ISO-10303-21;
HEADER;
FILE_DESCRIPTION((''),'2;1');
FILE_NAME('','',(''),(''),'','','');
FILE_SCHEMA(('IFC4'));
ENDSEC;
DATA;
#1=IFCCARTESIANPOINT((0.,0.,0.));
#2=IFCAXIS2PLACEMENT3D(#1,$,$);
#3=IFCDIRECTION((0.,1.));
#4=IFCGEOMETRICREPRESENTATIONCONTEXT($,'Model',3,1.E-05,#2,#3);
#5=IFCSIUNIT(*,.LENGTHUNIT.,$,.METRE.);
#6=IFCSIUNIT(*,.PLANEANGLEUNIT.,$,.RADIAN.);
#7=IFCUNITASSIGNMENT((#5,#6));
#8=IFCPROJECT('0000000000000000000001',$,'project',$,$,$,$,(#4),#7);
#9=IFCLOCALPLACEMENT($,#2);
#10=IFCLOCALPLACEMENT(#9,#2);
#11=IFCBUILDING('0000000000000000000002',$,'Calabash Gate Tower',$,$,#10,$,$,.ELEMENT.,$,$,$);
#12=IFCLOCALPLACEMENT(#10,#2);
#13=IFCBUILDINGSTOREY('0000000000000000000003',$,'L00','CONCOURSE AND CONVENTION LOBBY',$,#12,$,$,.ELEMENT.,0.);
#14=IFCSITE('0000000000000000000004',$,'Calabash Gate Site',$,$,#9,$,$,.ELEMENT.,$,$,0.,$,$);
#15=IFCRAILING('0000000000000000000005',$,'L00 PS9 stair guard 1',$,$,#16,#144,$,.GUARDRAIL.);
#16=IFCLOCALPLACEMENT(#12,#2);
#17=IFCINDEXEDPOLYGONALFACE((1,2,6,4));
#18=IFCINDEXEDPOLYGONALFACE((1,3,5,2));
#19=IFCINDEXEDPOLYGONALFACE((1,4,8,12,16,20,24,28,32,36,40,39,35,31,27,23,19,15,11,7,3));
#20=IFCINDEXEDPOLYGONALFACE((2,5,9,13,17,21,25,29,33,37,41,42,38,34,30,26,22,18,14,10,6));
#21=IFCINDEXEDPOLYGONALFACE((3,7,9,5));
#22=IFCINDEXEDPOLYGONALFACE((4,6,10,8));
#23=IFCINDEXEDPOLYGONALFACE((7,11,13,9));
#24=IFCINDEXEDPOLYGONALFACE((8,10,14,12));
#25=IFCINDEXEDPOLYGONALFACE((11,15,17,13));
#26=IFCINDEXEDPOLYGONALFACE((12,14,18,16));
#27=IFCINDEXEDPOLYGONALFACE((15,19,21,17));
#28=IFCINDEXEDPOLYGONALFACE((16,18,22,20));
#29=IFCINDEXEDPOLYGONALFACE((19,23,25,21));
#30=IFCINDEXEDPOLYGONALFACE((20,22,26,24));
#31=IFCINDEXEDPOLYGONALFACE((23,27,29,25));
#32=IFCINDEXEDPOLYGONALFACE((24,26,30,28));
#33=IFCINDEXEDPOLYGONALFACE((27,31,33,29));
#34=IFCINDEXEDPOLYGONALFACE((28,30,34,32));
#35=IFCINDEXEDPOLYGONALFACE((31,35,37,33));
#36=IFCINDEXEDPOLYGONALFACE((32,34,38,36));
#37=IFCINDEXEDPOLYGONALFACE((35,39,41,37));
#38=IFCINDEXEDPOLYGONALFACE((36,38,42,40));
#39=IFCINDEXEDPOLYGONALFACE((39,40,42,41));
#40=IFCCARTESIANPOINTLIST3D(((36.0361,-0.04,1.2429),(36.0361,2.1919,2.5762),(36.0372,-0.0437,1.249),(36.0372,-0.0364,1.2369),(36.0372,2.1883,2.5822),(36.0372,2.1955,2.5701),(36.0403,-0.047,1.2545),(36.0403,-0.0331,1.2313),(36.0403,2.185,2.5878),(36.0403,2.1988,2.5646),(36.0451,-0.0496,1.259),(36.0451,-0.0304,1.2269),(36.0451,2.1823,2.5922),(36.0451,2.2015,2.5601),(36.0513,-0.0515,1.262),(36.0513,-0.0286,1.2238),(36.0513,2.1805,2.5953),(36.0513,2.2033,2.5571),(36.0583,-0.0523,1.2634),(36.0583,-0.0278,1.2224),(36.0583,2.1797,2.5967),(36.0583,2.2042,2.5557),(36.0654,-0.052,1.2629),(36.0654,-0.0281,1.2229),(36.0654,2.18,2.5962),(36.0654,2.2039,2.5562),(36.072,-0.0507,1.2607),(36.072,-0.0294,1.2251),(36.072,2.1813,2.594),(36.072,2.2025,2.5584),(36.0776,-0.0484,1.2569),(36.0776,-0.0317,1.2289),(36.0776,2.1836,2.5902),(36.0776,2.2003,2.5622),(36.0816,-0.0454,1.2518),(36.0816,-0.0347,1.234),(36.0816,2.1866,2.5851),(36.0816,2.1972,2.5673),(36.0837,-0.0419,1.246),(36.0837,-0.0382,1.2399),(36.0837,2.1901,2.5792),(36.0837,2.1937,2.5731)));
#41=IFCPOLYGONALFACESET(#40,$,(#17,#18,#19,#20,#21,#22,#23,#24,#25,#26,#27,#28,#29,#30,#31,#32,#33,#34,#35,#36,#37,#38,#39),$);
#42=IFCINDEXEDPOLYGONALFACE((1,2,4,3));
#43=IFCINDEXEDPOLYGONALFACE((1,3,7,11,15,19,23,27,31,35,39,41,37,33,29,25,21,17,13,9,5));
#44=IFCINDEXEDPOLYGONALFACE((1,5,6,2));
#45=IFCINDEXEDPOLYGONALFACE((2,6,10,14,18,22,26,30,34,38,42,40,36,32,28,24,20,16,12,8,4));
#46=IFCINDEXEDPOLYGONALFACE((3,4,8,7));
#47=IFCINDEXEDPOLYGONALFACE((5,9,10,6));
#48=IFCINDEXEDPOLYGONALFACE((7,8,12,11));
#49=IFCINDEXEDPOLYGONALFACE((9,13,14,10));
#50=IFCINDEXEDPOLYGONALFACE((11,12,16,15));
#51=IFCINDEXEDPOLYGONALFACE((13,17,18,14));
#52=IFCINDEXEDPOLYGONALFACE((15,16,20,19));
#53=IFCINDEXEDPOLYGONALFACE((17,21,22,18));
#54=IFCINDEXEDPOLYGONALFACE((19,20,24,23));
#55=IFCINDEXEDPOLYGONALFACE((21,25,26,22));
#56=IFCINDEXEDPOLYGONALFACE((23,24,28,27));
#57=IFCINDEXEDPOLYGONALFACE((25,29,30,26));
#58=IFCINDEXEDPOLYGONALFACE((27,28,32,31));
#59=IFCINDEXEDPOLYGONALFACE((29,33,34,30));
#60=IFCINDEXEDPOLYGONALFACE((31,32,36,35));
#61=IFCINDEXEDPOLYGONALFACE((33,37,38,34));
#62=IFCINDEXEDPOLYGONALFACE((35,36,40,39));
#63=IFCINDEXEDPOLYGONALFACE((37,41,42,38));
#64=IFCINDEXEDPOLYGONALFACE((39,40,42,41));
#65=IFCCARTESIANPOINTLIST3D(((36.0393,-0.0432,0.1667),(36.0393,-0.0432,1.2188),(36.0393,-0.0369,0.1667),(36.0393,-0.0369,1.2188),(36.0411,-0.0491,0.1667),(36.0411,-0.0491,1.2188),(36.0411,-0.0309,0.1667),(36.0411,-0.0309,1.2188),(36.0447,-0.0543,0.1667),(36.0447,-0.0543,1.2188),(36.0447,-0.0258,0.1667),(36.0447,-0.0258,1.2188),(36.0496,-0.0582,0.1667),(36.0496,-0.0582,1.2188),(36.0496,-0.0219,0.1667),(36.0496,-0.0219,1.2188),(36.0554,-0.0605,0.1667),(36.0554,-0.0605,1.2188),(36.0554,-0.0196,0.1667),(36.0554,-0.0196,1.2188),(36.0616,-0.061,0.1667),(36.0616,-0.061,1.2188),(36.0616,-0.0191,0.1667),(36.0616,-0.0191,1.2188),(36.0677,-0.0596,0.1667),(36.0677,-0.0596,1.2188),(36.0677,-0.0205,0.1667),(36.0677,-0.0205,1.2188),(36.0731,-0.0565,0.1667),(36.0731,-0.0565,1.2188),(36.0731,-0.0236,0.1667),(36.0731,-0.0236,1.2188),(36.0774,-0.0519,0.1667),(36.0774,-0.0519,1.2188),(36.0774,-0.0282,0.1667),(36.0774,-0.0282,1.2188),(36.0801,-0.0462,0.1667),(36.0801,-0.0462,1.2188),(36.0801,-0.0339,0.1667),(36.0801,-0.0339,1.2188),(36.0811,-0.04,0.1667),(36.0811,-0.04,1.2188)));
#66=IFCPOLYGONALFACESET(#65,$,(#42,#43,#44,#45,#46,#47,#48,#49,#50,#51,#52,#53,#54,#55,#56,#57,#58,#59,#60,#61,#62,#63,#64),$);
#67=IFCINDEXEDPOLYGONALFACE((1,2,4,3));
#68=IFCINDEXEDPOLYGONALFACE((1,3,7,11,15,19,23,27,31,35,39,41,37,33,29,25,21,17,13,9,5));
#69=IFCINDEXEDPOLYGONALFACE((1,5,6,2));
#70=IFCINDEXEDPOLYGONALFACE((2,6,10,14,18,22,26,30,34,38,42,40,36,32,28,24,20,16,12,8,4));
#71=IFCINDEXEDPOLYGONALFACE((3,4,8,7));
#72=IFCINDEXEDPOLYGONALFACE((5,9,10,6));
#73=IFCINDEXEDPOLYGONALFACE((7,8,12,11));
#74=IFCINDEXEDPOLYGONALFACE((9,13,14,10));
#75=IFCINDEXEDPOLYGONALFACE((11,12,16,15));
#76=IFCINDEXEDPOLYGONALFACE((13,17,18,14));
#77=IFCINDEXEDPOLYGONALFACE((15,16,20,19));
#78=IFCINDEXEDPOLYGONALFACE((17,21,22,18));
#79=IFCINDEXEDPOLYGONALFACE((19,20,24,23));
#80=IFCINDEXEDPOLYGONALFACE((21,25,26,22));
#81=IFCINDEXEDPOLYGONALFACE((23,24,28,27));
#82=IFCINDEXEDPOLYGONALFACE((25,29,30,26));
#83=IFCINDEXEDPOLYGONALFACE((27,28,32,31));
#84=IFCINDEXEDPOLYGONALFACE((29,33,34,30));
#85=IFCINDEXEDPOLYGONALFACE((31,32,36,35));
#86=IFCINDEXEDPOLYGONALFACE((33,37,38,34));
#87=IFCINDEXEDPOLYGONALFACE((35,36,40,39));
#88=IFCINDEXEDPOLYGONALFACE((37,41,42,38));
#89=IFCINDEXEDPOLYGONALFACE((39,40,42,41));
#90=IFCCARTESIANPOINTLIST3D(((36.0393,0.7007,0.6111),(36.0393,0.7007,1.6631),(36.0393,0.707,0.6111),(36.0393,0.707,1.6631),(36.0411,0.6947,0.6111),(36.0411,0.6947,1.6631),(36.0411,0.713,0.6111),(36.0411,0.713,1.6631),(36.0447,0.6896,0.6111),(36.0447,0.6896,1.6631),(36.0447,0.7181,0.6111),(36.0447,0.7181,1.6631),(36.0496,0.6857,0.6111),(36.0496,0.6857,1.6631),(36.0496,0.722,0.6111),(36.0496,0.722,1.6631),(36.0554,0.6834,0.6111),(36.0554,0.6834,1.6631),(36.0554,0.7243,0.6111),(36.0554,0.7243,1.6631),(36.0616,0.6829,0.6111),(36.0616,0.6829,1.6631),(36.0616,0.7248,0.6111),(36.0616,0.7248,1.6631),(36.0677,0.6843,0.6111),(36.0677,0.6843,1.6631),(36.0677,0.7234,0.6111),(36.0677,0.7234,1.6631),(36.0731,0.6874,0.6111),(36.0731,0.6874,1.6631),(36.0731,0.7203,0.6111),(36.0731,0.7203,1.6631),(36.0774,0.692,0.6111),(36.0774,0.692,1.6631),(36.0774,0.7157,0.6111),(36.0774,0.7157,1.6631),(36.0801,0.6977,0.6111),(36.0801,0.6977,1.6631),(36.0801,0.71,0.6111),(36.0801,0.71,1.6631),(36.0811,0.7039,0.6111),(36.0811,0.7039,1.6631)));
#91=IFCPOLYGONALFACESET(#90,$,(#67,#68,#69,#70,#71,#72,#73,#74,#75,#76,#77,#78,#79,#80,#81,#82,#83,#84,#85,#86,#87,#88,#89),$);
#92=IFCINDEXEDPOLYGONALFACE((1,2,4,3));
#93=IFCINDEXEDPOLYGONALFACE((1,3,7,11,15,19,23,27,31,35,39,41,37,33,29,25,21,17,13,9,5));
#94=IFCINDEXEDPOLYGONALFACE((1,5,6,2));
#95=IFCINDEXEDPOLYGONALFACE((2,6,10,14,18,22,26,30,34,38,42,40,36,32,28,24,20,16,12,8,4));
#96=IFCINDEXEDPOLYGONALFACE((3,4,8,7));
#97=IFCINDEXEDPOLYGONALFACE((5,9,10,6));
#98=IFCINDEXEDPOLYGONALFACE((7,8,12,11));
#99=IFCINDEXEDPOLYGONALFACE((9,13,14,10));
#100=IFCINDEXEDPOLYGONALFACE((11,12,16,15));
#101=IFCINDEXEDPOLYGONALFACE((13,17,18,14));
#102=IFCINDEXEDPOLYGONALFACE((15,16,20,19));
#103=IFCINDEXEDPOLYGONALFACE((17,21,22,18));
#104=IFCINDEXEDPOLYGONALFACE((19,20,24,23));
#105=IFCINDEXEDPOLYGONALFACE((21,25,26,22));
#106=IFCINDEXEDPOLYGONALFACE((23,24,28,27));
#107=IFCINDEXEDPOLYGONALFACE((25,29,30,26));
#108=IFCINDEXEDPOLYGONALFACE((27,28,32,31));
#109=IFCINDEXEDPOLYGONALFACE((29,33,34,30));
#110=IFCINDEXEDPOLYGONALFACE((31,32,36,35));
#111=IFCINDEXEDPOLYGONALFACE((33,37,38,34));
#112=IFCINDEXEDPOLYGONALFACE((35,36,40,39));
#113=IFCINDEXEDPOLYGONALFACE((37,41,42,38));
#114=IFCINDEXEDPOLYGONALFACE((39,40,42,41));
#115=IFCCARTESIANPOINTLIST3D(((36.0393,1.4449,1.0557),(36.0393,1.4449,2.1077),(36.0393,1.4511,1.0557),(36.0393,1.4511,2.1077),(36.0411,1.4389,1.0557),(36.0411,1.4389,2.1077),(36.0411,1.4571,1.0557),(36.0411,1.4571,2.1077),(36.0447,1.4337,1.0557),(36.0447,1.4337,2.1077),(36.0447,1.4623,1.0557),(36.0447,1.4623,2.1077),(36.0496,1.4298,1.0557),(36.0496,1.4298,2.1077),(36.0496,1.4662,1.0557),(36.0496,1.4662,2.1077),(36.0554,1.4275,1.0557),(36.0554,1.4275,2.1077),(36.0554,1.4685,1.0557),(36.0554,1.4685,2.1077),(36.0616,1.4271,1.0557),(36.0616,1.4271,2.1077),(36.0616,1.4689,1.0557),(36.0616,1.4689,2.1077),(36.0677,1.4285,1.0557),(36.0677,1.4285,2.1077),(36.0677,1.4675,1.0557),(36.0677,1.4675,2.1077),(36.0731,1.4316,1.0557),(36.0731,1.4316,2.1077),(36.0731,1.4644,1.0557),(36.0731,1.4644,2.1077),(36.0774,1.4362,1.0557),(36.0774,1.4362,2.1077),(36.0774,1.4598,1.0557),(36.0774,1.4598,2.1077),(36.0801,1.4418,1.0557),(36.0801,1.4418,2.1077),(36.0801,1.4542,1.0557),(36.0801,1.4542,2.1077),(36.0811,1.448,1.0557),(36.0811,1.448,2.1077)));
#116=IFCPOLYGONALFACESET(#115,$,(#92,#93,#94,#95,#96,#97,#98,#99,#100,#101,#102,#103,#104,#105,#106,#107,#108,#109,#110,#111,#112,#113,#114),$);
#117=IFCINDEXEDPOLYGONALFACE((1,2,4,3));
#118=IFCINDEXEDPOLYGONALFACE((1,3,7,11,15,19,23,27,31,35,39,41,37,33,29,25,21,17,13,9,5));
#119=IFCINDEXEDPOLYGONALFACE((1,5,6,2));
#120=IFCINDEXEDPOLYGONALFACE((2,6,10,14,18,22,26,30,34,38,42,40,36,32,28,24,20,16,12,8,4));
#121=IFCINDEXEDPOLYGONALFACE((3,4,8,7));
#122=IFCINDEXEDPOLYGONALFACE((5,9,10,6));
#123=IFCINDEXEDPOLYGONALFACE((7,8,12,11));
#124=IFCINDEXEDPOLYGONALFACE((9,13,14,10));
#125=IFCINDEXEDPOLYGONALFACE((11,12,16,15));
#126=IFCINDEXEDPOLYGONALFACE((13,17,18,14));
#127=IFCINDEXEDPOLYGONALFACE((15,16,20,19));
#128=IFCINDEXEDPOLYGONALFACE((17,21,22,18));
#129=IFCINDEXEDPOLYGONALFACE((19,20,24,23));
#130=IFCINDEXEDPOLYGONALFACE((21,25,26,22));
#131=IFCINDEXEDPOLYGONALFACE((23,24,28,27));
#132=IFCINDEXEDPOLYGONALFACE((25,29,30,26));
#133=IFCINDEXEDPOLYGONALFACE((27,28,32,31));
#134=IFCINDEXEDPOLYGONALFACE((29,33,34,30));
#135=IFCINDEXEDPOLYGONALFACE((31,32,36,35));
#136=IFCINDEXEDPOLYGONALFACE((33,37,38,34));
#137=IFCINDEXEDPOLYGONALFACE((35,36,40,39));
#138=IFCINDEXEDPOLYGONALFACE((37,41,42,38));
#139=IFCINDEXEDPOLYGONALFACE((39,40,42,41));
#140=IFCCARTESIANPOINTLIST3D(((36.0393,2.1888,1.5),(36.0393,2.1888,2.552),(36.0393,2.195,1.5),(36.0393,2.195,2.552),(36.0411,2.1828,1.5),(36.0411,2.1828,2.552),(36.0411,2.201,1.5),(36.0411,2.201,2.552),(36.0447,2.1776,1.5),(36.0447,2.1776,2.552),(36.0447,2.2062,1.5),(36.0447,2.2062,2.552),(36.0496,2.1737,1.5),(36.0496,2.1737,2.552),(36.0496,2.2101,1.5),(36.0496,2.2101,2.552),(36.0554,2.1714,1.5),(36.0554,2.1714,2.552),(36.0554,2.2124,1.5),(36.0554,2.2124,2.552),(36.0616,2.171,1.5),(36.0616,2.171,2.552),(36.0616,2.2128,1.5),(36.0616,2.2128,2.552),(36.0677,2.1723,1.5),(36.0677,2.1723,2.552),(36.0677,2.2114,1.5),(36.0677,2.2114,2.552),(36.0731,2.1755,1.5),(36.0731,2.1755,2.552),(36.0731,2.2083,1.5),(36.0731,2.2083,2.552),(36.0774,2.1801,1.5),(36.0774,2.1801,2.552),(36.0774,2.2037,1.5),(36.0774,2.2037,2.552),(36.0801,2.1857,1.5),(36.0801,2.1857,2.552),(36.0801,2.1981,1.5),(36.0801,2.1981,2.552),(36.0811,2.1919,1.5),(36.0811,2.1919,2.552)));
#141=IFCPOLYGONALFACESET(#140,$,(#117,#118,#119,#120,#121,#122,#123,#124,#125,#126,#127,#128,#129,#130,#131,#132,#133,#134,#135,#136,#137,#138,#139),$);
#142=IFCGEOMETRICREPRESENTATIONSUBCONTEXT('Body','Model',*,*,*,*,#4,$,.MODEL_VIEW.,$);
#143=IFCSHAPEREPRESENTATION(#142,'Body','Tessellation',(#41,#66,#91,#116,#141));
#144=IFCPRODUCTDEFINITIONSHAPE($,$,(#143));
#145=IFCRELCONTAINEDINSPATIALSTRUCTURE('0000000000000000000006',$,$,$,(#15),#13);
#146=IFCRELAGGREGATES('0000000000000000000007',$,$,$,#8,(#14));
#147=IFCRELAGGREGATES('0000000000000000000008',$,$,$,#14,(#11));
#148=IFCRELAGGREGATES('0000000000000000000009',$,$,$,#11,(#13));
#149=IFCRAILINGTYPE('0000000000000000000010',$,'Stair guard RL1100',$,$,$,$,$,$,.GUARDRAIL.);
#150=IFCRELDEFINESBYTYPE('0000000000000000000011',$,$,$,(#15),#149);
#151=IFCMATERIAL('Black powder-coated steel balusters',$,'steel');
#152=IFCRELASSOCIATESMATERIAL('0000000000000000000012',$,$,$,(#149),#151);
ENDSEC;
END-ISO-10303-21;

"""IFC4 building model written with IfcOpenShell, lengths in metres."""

from ifc_helpers import new_model, si_unit, direction, frame, origin, origin_2d, place, context, subcontext, project, spatial, circle, extrude, material, type_object, element, save


model = new_model("IFC4")

# Units and contexts
model_context = context("Model", 3, precision=1e-05, world=origin(), true_north=direction((0.0, 1.0)))
body_context = subcontext(model_context, "Body", "Model", "MODEL_VIEW")
ifc_project = project(units=[si_unit("LENGTHUNIT", "METRE"), si_unit("PLANEANGLEUNIT", "RADIAN")], contexts=[model_context])

# Site, building, storey
site_placement = place(None, origin())
site = spatial("IfcSite", under=ifc_project, at=site_placement, Name="Calabash Gate Site", CompositionType="ELEMENT", RefElevation=0.0)
building_placement = place(site_placement, origin())
building = spatial("IfcBuilding", under=site, at=building_placement, Name="Calabash Gate Tower", CompositionType="ELEMENT")
storey_placement = place(building_placement, origin())
storey = spatial("IfcBuildingStorey", under=building, at=storey_placement, Name="L00", Description="CONCOURSE AND CONVENTION LOBBY", CompositionType="ELEMENT", Elevation=0.0)

# Railing
ifc_material_1 = material(Name="Black powder-coated steel balusters", Category="steel")
railing_type_1 = type_object("IfcRailingType", Name="Stair guard RL1100", PredefinedType="GUARDRAIL", material=ifc_material_1)
railing_1_placement = place(storey_placement, frame((36.0601, -0.04, 0.1667)))
element("IfcRailing", 1, at=railing_1_placement, inside=storey, type_object=railing_type_1, Name="L00 PS9 stair guard 1", PredefinedType="GUARDRAIL", context=body_context, shape_type="SweptSolid", body=[
    extrude(circle(Radius=0.0239, at=origin_2d()), frame((0.0, 0.0, 1.0762), z_axis=(0.0, 0.858494, 0.512824), x_axis=(-1.0, 0.0, 0.0)), (0.0, 0.0, 1.0), 2.5999),
    extrude(circle(Radius=0.021, at=origin_2d()), origin(), (0.0, 0.0, 1.0), 1.052),
    extrude(circle(Radius=0.021, at=origin_2d()), frame((0.0, 0.7439, 0.4443)), (0.0, 0.0, 1.0), 1.052),
    extrude(circle(Radius=0.021, at=origin_2d()), frame((0.0, 1.488, 0.8889)), (0.0, 0.0, 1.0), 1.052),
    extrude(circle(Radius=0.021, at=origin_2d()), frame((0.0, 2.2319, 1.3333)), (0.0, 0.0, 1.0), 1.052),
])

save(model, "model.ifc")
